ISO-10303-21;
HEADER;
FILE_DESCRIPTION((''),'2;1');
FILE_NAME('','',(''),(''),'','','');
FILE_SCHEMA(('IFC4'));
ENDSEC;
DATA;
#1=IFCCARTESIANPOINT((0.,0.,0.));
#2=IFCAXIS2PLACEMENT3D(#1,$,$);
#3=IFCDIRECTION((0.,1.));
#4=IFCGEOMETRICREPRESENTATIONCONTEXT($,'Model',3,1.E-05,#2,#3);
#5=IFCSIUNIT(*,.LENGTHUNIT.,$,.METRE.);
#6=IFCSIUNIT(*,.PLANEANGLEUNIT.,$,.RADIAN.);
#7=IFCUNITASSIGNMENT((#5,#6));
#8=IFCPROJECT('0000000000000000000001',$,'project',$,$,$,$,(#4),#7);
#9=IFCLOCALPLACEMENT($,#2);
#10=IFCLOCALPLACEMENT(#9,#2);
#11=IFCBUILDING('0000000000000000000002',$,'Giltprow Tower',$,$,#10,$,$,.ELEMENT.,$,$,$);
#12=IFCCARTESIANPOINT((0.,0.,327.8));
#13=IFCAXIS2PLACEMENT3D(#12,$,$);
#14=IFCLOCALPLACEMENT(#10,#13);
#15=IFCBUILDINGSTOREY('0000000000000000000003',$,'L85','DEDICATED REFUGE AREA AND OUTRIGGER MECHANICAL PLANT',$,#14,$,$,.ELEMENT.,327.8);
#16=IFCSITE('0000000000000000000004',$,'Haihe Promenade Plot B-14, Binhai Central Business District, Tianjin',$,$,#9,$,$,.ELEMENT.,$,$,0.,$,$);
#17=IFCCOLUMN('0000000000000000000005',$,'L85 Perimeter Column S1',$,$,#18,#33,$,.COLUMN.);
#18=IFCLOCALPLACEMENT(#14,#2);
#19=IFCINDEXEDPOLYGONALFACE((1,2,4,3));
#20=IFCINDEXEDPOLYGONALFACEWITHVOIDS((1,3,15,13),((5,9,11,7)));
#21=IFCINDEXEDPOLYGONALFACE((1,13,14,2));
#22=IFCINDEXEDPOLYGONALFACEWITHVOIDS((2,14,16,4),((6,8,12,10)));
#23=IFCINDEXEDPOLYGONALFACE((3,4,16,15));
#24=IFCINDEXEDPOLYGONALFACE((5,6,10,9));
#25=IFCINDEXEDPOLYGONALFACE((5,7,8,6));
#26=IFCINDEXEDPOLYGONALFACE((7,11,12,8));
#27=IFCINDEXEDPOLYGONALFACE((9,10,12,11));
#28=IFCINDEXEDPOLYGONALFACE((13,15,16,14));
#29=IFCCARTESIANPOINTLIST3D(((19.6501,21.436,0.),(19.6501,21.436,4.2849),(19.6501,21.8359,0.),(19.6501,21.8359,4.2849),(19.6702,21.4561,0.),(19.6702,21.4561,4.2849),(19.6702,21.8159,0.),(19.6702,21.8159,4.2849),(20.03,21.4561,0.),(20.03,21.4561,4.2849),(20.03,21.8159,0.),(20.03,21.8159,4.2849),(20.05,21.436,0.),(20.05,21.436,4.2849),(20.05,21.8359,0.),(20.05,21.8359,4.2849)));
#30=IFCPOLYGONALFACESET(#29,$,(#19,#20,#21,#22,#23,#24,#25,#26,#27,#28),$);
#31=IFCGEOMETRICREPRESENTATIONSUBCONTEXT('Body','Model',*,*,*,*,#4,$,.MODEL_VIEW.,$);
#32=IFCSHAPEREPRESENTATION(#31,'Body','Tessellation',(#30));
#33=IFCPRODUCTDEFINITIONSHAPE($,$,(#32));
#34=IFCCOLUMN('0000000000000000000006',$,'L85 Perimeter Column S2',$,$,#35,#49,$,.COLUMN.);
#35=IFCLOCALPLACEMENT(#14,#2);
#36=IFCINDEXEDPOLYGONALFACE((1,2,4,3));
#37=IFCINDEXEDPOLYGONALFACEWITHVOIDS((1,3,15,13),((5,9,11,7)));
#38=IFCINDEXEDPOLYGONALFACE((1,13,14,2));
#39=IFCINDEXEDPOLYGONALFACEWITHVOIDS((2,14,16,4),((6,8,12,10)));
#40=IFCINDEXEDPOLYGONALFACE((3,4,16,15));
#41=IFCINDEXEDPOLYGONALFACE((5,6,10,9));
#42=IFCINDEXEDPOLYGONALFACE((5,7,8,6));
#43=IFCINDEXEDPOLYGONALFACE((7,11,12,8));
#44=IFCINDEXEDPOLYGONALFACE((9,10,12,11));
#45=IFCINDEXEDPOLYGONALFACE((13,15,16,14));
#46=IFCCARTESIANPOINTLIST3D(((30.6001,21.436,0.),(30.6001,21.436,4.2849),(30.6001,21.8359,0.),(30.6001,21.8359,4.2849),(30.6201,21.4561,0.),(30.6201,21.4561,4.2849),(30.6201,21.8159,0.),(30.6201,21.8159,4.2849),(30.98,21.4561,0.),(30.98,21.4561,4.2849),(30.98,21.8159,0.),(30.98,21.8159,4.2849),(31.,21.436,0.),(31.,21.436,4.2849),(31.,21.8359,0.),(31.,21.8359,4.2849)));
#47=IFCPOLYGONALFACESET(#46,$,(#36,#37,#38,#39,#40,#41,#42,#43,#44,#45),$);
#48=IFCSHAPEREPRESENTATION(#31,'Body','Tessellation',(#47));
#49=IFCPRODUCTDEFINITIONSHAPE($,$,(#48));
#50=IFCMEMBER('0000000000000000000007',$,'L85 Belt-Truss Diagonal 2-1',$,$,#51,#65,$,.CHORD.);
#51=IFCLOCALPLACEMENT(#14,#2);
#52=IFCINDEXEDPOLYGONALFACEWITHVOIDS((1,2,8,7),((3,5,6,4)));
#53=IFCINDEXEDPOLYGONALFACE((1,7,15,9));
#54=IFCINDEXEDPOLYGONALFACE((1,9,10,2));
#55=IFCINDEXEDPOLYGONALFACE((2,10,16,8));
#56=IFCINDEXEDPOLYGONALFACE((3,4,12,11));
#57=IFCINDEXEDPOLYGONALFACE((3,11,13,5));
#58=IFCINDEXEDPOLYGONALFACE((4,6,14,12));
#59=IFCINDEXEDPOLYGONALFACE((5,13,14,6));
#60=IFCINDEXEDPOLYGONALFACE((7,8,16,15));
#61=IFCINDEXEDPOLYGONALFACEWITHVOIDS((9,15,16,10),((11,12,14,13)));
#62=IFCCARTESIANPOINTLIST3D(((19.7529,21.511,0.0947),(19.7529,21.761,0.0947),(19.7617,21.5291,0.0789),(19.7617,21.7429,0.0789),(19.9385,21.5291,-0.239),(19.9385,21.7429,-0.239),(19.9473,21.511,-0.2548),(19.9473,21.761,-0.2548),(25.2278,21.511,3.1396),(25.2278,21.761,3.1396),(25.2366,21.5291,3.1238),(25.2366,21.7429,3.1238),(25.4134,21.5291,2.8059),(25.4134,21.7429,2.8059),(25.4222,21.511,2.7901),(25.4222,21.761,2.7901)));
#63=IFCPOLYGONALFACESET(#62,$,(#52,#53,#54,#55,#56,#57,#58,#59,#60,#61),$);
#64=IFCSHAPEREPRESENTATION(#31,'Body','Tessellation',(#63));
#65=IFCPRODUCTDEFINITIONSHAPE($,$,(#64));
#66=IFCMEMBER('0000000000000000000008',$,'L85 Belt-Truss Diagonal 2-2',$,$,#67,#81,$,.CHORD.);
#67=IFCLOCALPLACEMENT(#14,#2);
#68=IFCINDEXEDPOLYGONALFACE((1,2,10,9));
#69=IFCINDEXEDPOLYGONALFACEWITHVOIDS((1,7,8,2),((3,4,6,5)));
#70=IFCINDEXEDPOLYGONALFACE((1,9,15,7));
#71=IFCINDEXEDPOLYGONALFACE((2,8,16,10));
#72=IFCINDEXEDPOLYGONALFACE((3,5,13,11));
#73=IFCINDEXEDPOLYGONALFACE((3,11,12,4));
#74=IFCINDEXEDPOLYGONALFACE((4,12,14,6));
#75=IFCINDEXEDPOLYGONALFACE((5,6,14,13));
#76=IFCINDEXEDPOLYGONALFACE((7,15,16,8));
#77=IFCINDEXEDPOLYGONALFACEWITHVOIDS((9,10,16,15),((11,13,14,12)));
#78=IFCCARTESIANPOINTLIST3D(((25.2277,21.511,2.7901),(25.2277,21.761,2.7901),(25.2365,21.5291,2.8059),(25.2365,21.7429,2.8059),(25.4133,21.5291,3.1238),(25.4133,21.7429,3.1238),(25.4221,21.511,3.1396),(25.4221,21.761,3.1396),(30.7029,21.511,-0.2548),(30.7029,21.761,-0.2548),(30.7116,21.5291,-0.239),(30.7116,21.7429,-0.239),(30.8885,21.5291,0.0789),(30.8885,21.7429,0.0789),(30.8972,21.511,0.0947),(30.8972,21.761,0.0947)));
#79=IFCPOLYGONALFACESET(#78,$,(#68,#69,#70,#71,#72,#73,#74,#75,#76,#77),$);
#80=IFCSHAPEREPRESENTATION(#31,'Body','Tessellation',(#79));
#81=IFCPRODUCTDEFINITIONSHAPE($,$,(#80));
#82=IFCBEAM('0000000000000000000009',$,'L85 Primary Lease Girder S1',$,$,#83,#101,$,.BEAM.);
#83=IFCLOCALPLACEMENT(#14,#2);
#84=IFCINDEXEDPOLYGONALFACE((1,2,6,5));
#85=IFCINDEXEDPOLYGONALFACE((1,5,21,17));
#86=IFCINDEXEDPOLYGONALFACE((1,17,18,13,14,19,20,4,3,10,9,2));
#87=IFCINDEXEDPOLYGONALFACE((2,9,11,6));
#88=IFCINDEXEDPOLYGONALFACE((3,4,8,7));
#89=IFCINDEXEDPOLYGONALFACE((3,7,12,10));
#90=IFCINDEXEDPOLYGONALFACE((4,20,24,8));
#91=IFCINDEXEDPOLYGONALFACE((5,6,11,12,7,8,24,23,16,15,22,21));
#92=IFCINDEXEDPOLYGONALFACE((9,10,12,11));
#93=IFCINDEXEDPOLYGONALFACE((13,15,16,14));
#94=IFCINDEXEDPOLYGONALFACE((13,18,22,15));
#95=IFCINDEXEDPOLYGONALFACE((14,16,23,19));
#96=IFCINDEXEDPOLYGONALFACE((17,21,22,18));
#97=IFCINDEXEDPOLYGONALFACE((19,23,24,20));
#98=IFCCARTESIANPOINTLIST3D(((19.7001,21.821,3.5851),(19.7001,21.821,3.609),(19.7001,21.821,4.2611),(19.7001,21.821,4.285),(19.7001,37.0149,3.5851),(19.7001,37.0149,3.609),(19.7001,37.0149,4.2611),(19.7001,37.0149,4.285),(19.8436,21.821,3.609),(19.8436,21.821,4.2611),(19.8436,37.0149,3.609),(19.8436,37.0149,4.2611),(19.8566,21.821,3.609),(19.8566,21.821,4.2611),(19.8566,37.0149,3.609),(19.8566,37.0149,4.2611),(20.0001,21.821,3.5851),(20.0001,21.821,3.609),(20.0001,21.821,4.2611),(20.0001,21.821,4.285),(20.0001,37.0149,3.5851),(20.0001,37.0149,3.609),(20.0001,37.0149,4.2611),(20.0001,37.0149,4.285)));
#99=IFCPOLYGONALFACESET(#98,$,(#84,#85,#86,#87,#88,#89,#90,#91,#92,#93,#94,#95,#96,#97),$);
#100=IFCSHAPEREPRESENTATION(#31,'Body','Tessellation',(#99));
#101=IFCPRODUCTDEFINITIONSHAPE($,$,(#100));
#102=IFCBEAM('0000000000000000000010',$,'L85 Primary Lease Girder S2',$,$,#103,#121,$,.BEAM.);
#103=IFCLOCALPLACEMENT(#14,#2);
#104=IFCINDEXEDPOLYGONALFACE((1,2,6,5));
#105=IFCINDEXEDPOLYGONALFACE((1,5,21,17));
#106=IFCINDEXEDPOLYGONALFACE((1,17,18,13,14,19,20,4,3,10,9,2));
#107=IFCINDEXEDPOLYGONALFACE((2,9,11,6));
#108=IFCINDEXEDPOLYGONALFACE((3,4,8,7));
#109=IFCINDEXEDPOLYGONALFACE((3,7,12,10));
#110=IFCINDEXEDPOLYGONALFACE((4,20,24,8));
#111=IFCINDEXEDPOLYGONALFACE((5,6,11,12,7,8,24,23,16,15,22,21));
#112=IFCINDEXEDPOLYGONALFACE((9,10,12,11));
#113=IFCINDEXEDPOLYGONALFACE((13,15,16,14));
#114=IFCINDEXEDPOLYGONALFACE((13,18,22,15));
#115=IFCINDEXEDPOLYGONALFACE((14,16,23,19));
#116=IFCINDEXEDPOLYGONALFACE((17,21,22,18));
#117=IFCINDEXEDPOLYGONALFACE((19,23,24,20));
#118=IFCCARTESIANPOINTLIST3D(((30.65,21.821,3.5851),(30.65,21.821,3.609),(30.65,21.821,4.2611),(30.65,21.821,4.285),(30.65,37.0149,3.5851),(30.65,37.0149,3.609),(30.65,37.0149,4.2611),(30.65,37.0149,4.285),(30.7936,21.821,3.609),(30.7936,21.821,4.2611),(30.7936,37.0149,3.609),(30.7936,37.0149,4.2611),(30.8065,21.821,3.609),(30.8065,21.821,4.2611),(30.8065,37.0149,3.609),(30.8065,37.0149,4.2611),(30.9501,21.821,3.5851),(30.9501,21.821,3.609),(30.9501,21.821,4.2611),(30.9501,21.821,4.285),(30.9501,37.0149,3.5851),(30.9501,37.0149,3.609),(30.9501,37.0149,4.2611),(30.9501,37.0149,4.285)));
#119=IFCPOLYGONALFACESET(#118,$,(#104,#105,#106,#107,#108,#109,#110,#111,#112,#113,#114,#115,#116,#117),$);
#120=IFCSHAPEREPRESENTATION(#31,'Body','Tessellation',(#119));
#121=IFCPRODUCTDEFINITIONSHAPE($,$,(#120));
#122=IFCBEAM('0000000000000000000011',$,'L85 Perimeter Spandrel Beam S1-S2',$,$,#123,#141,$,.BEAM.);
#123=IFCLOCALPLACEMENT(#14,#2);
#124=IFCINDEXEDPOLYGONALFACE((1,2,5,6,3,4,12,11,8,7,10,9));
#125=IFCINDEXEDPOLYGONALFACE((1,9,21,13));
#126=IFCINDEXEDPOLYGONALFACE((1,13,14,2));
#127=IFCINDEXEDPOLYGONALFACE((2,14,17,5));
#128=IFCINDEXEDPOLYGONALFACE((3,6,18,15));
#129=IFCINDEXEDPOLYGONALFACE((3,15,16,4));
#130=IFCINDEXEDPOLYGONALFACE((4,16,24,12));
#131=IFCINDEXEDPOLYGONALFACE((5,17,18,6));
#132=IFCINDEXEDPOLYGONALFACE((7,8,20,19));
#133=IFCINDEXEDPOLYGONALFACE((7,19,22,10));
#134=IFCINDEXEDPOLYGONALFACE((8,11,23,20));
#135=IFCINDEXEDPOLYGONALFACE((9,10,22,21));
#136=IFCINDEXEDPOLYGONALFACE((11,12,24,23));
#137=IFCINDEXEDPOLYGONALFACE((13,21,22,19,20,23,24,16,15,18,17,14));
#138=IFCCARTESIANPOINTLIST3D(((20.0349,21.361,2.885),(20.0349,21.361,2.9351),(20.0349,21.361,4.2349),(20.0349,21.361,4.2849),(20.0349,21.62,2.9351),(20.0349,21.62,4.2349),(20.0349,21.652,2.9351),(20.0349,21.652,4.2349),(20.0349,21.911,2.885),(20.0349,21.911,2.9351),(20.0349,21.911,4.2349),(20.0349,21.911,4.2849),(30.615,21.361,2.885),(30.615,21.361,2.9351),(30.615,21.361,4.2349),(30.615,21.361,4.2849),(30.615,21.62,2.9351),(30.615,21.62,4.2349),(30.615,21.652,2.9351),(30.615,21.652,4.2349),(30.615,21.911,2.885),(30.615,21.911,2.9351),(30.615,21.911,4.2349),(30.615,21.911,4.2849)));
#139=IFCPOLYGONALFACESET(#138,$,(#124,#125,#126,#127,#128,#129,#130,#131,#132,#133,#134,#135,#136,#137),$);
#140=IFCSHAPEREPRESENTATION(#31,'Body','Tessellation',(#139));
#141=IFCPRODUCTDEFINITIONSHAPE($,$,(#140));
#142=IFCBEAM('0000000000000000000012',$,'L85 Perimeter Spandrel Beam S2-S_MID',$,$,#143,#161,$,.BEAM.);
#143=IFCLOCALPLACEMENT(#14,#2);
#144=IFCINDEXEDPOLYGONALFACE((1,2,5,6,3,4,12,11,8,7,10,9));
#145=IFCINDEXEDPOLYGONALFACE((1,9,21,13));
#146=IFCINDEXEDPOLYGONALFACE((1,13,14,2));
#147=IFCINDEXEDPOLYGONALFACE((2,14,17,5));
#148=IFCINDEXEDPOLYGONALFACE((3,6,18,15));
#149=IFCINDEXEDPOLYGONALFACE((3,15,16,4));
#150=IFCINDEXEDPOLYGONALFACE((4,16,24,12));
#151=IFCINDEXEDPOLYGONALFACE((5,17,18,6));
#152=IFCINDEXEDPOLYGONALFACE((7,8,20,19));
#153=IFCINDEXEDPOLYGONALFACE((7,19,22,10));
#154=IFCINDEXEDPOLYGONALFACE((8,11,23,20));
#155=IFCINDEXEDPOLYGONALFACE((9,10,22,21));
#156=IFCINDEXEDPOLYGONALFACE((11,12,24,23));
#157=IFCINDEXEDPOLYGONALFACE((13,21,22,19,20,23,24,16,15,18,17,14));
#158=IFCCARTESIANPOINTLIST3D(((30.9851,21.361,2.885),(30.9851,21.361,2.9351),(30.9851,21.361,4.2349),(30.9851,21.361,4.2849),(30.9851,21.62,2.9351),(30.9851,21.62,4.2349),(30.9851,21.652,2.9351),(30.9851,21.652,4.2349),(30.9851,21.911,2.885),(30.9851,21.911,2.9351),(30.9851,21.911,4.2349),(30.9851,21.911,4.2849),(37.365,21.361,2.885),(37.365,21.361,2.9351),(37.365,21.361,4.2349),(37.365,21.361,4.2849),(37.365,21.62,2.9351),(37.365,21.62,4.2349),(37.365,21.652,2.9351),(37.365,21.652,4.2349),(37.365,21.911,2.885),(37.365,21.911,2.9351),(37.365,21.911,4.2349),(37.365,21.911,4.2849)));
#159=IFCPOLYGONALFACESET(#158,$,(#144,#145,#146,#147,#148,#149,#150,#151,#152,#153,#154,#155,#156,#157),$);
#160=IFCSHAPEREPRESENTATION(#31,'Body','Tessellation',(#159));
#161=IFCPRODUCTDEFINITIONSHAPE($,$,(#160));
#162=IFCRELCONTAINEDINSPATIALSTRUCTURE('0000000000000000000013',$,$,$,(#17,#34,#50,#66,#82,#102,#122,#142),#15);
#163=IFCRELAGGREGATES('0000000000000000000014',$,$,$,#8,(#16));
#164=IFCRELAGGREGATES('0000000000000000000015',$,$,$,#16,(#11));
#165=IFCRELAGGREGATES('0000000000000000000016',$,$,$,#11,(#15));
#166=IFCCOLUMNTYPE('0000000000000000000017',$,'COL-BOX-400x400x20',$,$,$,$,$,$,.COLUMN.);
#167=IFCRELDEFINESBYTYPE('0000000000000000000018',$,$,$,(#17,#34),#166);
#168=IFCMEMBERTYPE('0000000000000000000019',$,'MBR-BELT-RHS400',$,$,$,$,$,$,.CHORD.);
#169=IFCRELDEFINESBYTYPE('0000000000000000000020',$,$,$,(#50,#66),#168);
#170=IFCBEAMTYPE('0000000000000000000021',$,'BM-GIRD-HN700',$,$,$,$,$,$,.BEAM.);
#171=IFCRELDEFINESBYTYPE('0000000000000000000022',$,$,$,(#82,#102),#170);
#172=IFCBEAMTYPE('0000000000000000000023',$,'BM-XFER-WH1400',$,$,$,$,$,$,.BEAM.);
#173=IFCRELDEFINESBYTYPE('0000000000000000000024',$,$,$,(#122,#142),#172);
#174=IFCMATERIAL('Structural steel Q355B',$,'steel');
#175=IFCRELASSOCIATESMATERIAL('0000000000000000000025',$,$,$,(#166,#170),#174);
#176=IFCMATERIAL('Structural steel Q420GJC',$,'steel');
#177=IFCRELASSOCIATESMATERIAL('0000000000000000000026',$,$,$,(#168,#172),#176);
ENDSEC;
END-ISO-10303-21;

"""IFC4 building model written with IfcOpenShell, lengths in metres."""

from ifc_helpers import new_model, si_unit, direction, frame, origin, origin_2d, place, context, subcontext, project, spatial, hollow_rectangle, i_section, extrude, source, transform, mapped, material, material_profile, profile_set, type_object, element, save


model = new_model("IFC4")

# Units and contexts
model_context = context("Model", 3, precision=1e-05, world=origin(), true_north=direction((0.0, 1.0)))
body_context = subcontext(model_context, "Body", "Model", "MODEL_VIEW")
ifc_project = project(units=[si_unit("LENGTHUNIT", "METRE"), si_unit("PLANEANGLEUNIT", "RADIAN")], contexts=[model_context])

# Site, building, storey
site_placement = place(None, origin())
site = spatial("IfcSite", under=ifc_project, at=site_placement, Name="Haihe Promenade Plot B-14, Binhai Central Business District, Tianjin", CompositionType="ELEMENT", RefElevation=0.0)
building_placement = place(site_placement, origin())
building = spatial("IfcBuilding", under=site, at=building_placement, Name="Giltprow Tower", CompositionType="ELEMENT")
storey_placement = place(building_placement, frame((0.0, 0.0, 327.8)))
storey = spatial("IfcBuildingStorey", under=building, at=storey_placement, Name="L85", Description="DEDICATED REFUGE AREA AND OUTRIGGER MECHANICAL PLANT", CompositionType="ELEMENT", Elevation=327.8)

# Columns
ifc_material_1 = material(Name="Structural steel Q355B", Category="steel")
ifc_material_profile_1 = material_profile(ifc_material_1, hollow_rectangle(XDim=0.3999, YDim=0.3999, WallThickness=0.02, at=origin_2d()), Name="BOX 400x400x20")
ifc_profile_set_1 = profile_set([ifc_material_profile_1], Name="Structural steel Q355B")
column_type = type_object("IfcColumnType", Name="COL-BOX-400x400x20", PredefinedType="COLUMN", material=ifc_profile_set_1)
shared_shape_1 = source(origin(), body_context, "Body", "SweptSolid", [
    extrude(hollow_rectangle(XDim=0.3999, YDim=0.3999, WallThickness=0.02, at=origin_2d()), origin(), (0.0, 0.0, 1.0), 4.2849),
])
for number, where, z_axis, x_axis, name in (
    (1, (19.8501, 21.636, 0.0), (0.0, 0.0, 1.0), (1.0, 0.0, 0.0), "L85 Perimeter Column S1"),
    (2, (30.8, 21.636, 0.0), (0.0, 0.0, 1.0), (1.0, 0.0, 0.0), "L85 Perimeter Column S2"),
):
    element("IfcColumn", number, at=place(storey_placement, frame(where, z_axis=z_axis, x_axis=x_axis)), inside=storey, type_object=column_type, Name=name, PredefinedType="COLUMN", context=body_context, shape_type="MappedRepresentation", body=[
        mapped(shared_shape_1, transform((0.0, 0.0, 0.0), x_axis=(1.0, 0.0, 0.0), y_axis=(0.0, 1.0, 0.0), z_axis=(0.0, 0.0, 1.0), scale=1.0)),
    ])

# Members
ifc_material_2 = material(Name="Structural steel Q420GJC", Category="steel")
ifc_material_profile_2 = material_profile(ifc_material_2, hollow_rectangle(XDim=0.25, YDim=0.3999, WallThickness=0.0181, at=origin_2d()), Name="RHS 400x250x18")
ifc_profile_set_2 = profile_set([ifc_material_profile_2], Name="Structural steel Q420GJC")
member_type_1 = type_object("IfcMemberType", Name="MBR-BELT-RHS400", PredefinedType="CHORD", material=ifc_profile_set_2)
shared_shape_2 = source(origin(), body_context, "Body", "SweptSolid", [
    extrude(hollow_rectangle(XDim=0.25, YDim=0.3999, WallThickness=0.0181, at=origin_2d()), origin(), (0.0, 0.0, 1.0), 6.2646),
])
member_1_placement = place(storey_placement, frame((19.8501, 21.636, -0.0801), z_axis=(0.873931, 0.0, 0.48605), x_axis=(0.0, 1.0, 0.0)))
element("IfcMember", 3, at=member_1_placement, inside=storey, type_object=member_type_1, Name="L85 Belt-Truss Diagonal 2-1", PredefinedType="CHORD", context=body_context, shape_type="MappedRepresentation", body=[
    mapped(shared_shape_2, transform((0.0, 0.0, 0.0), x_axis=(1.0, 0.0, 0.0), y_axis=(0.0, 1.0, 0.0), z_axis=(0.0, 0.0, 1.0), scale=1.0)),
])
shared_shape_3 = source(origin(), body_context, "Body", "SweptSolid", [
    extrude(hollow_rectangle(XDim=0.25, YDim=0.3999, WallThickness=0.0181, at=origin_2d()), origin(), (0.0, 0.0, 1.0), 6.2649),
])
member_2_placement = place(storey_placement, frame((30.8, 21.636, -0.0801), z_axis=(-0.87394, 0.0, 0.486033), x_axis=(0.0, -1.0, 0.0)))
element("IfcMember", 4, at=member_2_placement, inside=storey, type_object=member_type_1, Name="L85 Belt-Truss Diagonal 2-2", PredefinedType="CHORD", context=body_context, shape_type="MappedRepresentation", body=[
    mapped(shared_shape_3, transform((0.0, 0.0, 0.0), x_axis=(1.0, 0.0, 0.0), y_axis=(0.0, 1.0, 0.0), z_axis=(0.0, 0.0, 1.0), scale=1.0)),
])

# Beams
ifc_material_profile_3 = material_profile(ifc_material_1, i_section(OverallWidth=0.3, OverallDepth=0.7, WebThickness=0.0129, FlangeThickness=0.0239, at=origin_2d()), Name="HN 700x300x13x24")
ifc_profile_set_3 = profile_set([ifc_material_profile_3], Name="Structural steel Q355B")
beam_type_1 = type_object("IfcBeamType", Name="BM-GIRD-HN700", PredefinedType="BEAM", material=ifc_profile_set_3)
shared_shape_4 = source(origin(), body_context, "Body", "SweptSolid", [
    extrude(i_section(OverallWidth=0.3, OverallDepth=0.7, WebThickness=0.0129, FlangeThickness=0.0239, at=origin_2d()), origin(), (0.0, 0.0, 1.0), 15.1938),
])
for number, where, z_axis, x_axis, name in (
    (5, (19.8501, 21.821, 3.9351), (0.0, 1.0, 0.0), (-1.0, 0.0, 0.0), "L85 Primary Lease Girder S1"),
    (6, (30.8, 21.821, 3.9351), (0.0, 1.0, 0.0), (-1.0, 0.0, 0.0), "L85 Primary Lease Girder S2"),
):
    element("IfcBeam", number, at=place(storey_placement, frame(where, z_axis=z_axis, x_axis=x_axis)), inside=storey, type_object=beam_type_1, Name=name, PredefinedType="BEAM", context=body_context, shape_type="MappedRepresentation", body=[
        mapped(shared_shape_4, transform((0.0, 0.0, 0.0), x_axis=(1.0, 0.0, 0.0), y_axis=(0.0, 1.0, 0.0), z_axis=(0.0, 0.0, 1.0), scale=1.0)),
    ])
ifc_material_profile_4 = material_profile(ifc_material_2, i_section(OverallWidth=0.55, OverallDepth=1.3999, WebThickness=0.032, FlangeThickness=0.05, at=origin_2d()), Name="WH 1400x550x32x50")
ifc_profile_set_4 = profile_set([ifc_material_profile_4], Name="Structural steel Q420GJC")
beam_type_2 = type_object("IfcBeamType", Name="BM-XFER-WH1400", PredefinedType="BEAM", material=ifc_profile_set_4)
shared_shape_5 = source(origin(), body_context, "Body", "SweptSolid", [
    extrude(i_section(OverallWidth=0.55, OverallDepth=1.3999, WebThickness=0.032, FlangeThickness=0.05, at=origin_2d()), origin(), (0.0, 0.0, 1.0), 10.5801),
])
beam_1_placement = place(storey_placement, frame((20.0349, 21.636, 3.585), z_axis=(1.0, 0.0, 0.0), x_axis=(0.0, 1.0, 0.0)))
element("IfcBeam", 7, at=beam_1_placement, inside=storey, type_object=beam_type_2, Name="L85 Perimeter Spandrel Beam S1-S2", PredefinedType="BEAM", context=body_context, shape_type="MappedRepresentation", body=[
    mapped(shared_shape_5, transform((0.0, 0.0, 0.0), x_axis=(1.0, 0.0, 0.0), y_axis=(0.0, 1.0, 0.0), z_axis=(0.0, 0.0, 1.0), scale=1.0)),
])
shared_shape_6 = source(origin(), body_context, "Body", "SweptSolid", [
    extrude(i_section(OverallWidth=0.55, OverallDepth=1.3999, WebThickness=0.032, FlangeThickness=0.05, at=origin_2d()), origin(), (0.0, 0.0, 1.0), 6.3799),
])
beam_2_placement = place(storey_placement, frame((30.9851, 21.636, 3.585), z_axis=(1.0, 0.0, 0.0), x_axis=(0.0, 1.0, 0.0)))
element("IfcBeam", 8, at=beam_2_placement, inside=storey, type_object=beam_type_2, Name="L85 Perimeter Spandrel Beam S2-S_MID", PredefinedType="BEAM", context=body_context, shape_type="MappedRepresentation", body=[
    mapped(shared_shape_6, transform((0.0, 0.0, 0.0), x_axis=(1.0, 0.0, 0.0), y_axis=(0.0, 1.0, 0.0), z_axis=(0.0, 0.0, 1.0), scale=1.0)),
])

save(model, "model.ifc")
